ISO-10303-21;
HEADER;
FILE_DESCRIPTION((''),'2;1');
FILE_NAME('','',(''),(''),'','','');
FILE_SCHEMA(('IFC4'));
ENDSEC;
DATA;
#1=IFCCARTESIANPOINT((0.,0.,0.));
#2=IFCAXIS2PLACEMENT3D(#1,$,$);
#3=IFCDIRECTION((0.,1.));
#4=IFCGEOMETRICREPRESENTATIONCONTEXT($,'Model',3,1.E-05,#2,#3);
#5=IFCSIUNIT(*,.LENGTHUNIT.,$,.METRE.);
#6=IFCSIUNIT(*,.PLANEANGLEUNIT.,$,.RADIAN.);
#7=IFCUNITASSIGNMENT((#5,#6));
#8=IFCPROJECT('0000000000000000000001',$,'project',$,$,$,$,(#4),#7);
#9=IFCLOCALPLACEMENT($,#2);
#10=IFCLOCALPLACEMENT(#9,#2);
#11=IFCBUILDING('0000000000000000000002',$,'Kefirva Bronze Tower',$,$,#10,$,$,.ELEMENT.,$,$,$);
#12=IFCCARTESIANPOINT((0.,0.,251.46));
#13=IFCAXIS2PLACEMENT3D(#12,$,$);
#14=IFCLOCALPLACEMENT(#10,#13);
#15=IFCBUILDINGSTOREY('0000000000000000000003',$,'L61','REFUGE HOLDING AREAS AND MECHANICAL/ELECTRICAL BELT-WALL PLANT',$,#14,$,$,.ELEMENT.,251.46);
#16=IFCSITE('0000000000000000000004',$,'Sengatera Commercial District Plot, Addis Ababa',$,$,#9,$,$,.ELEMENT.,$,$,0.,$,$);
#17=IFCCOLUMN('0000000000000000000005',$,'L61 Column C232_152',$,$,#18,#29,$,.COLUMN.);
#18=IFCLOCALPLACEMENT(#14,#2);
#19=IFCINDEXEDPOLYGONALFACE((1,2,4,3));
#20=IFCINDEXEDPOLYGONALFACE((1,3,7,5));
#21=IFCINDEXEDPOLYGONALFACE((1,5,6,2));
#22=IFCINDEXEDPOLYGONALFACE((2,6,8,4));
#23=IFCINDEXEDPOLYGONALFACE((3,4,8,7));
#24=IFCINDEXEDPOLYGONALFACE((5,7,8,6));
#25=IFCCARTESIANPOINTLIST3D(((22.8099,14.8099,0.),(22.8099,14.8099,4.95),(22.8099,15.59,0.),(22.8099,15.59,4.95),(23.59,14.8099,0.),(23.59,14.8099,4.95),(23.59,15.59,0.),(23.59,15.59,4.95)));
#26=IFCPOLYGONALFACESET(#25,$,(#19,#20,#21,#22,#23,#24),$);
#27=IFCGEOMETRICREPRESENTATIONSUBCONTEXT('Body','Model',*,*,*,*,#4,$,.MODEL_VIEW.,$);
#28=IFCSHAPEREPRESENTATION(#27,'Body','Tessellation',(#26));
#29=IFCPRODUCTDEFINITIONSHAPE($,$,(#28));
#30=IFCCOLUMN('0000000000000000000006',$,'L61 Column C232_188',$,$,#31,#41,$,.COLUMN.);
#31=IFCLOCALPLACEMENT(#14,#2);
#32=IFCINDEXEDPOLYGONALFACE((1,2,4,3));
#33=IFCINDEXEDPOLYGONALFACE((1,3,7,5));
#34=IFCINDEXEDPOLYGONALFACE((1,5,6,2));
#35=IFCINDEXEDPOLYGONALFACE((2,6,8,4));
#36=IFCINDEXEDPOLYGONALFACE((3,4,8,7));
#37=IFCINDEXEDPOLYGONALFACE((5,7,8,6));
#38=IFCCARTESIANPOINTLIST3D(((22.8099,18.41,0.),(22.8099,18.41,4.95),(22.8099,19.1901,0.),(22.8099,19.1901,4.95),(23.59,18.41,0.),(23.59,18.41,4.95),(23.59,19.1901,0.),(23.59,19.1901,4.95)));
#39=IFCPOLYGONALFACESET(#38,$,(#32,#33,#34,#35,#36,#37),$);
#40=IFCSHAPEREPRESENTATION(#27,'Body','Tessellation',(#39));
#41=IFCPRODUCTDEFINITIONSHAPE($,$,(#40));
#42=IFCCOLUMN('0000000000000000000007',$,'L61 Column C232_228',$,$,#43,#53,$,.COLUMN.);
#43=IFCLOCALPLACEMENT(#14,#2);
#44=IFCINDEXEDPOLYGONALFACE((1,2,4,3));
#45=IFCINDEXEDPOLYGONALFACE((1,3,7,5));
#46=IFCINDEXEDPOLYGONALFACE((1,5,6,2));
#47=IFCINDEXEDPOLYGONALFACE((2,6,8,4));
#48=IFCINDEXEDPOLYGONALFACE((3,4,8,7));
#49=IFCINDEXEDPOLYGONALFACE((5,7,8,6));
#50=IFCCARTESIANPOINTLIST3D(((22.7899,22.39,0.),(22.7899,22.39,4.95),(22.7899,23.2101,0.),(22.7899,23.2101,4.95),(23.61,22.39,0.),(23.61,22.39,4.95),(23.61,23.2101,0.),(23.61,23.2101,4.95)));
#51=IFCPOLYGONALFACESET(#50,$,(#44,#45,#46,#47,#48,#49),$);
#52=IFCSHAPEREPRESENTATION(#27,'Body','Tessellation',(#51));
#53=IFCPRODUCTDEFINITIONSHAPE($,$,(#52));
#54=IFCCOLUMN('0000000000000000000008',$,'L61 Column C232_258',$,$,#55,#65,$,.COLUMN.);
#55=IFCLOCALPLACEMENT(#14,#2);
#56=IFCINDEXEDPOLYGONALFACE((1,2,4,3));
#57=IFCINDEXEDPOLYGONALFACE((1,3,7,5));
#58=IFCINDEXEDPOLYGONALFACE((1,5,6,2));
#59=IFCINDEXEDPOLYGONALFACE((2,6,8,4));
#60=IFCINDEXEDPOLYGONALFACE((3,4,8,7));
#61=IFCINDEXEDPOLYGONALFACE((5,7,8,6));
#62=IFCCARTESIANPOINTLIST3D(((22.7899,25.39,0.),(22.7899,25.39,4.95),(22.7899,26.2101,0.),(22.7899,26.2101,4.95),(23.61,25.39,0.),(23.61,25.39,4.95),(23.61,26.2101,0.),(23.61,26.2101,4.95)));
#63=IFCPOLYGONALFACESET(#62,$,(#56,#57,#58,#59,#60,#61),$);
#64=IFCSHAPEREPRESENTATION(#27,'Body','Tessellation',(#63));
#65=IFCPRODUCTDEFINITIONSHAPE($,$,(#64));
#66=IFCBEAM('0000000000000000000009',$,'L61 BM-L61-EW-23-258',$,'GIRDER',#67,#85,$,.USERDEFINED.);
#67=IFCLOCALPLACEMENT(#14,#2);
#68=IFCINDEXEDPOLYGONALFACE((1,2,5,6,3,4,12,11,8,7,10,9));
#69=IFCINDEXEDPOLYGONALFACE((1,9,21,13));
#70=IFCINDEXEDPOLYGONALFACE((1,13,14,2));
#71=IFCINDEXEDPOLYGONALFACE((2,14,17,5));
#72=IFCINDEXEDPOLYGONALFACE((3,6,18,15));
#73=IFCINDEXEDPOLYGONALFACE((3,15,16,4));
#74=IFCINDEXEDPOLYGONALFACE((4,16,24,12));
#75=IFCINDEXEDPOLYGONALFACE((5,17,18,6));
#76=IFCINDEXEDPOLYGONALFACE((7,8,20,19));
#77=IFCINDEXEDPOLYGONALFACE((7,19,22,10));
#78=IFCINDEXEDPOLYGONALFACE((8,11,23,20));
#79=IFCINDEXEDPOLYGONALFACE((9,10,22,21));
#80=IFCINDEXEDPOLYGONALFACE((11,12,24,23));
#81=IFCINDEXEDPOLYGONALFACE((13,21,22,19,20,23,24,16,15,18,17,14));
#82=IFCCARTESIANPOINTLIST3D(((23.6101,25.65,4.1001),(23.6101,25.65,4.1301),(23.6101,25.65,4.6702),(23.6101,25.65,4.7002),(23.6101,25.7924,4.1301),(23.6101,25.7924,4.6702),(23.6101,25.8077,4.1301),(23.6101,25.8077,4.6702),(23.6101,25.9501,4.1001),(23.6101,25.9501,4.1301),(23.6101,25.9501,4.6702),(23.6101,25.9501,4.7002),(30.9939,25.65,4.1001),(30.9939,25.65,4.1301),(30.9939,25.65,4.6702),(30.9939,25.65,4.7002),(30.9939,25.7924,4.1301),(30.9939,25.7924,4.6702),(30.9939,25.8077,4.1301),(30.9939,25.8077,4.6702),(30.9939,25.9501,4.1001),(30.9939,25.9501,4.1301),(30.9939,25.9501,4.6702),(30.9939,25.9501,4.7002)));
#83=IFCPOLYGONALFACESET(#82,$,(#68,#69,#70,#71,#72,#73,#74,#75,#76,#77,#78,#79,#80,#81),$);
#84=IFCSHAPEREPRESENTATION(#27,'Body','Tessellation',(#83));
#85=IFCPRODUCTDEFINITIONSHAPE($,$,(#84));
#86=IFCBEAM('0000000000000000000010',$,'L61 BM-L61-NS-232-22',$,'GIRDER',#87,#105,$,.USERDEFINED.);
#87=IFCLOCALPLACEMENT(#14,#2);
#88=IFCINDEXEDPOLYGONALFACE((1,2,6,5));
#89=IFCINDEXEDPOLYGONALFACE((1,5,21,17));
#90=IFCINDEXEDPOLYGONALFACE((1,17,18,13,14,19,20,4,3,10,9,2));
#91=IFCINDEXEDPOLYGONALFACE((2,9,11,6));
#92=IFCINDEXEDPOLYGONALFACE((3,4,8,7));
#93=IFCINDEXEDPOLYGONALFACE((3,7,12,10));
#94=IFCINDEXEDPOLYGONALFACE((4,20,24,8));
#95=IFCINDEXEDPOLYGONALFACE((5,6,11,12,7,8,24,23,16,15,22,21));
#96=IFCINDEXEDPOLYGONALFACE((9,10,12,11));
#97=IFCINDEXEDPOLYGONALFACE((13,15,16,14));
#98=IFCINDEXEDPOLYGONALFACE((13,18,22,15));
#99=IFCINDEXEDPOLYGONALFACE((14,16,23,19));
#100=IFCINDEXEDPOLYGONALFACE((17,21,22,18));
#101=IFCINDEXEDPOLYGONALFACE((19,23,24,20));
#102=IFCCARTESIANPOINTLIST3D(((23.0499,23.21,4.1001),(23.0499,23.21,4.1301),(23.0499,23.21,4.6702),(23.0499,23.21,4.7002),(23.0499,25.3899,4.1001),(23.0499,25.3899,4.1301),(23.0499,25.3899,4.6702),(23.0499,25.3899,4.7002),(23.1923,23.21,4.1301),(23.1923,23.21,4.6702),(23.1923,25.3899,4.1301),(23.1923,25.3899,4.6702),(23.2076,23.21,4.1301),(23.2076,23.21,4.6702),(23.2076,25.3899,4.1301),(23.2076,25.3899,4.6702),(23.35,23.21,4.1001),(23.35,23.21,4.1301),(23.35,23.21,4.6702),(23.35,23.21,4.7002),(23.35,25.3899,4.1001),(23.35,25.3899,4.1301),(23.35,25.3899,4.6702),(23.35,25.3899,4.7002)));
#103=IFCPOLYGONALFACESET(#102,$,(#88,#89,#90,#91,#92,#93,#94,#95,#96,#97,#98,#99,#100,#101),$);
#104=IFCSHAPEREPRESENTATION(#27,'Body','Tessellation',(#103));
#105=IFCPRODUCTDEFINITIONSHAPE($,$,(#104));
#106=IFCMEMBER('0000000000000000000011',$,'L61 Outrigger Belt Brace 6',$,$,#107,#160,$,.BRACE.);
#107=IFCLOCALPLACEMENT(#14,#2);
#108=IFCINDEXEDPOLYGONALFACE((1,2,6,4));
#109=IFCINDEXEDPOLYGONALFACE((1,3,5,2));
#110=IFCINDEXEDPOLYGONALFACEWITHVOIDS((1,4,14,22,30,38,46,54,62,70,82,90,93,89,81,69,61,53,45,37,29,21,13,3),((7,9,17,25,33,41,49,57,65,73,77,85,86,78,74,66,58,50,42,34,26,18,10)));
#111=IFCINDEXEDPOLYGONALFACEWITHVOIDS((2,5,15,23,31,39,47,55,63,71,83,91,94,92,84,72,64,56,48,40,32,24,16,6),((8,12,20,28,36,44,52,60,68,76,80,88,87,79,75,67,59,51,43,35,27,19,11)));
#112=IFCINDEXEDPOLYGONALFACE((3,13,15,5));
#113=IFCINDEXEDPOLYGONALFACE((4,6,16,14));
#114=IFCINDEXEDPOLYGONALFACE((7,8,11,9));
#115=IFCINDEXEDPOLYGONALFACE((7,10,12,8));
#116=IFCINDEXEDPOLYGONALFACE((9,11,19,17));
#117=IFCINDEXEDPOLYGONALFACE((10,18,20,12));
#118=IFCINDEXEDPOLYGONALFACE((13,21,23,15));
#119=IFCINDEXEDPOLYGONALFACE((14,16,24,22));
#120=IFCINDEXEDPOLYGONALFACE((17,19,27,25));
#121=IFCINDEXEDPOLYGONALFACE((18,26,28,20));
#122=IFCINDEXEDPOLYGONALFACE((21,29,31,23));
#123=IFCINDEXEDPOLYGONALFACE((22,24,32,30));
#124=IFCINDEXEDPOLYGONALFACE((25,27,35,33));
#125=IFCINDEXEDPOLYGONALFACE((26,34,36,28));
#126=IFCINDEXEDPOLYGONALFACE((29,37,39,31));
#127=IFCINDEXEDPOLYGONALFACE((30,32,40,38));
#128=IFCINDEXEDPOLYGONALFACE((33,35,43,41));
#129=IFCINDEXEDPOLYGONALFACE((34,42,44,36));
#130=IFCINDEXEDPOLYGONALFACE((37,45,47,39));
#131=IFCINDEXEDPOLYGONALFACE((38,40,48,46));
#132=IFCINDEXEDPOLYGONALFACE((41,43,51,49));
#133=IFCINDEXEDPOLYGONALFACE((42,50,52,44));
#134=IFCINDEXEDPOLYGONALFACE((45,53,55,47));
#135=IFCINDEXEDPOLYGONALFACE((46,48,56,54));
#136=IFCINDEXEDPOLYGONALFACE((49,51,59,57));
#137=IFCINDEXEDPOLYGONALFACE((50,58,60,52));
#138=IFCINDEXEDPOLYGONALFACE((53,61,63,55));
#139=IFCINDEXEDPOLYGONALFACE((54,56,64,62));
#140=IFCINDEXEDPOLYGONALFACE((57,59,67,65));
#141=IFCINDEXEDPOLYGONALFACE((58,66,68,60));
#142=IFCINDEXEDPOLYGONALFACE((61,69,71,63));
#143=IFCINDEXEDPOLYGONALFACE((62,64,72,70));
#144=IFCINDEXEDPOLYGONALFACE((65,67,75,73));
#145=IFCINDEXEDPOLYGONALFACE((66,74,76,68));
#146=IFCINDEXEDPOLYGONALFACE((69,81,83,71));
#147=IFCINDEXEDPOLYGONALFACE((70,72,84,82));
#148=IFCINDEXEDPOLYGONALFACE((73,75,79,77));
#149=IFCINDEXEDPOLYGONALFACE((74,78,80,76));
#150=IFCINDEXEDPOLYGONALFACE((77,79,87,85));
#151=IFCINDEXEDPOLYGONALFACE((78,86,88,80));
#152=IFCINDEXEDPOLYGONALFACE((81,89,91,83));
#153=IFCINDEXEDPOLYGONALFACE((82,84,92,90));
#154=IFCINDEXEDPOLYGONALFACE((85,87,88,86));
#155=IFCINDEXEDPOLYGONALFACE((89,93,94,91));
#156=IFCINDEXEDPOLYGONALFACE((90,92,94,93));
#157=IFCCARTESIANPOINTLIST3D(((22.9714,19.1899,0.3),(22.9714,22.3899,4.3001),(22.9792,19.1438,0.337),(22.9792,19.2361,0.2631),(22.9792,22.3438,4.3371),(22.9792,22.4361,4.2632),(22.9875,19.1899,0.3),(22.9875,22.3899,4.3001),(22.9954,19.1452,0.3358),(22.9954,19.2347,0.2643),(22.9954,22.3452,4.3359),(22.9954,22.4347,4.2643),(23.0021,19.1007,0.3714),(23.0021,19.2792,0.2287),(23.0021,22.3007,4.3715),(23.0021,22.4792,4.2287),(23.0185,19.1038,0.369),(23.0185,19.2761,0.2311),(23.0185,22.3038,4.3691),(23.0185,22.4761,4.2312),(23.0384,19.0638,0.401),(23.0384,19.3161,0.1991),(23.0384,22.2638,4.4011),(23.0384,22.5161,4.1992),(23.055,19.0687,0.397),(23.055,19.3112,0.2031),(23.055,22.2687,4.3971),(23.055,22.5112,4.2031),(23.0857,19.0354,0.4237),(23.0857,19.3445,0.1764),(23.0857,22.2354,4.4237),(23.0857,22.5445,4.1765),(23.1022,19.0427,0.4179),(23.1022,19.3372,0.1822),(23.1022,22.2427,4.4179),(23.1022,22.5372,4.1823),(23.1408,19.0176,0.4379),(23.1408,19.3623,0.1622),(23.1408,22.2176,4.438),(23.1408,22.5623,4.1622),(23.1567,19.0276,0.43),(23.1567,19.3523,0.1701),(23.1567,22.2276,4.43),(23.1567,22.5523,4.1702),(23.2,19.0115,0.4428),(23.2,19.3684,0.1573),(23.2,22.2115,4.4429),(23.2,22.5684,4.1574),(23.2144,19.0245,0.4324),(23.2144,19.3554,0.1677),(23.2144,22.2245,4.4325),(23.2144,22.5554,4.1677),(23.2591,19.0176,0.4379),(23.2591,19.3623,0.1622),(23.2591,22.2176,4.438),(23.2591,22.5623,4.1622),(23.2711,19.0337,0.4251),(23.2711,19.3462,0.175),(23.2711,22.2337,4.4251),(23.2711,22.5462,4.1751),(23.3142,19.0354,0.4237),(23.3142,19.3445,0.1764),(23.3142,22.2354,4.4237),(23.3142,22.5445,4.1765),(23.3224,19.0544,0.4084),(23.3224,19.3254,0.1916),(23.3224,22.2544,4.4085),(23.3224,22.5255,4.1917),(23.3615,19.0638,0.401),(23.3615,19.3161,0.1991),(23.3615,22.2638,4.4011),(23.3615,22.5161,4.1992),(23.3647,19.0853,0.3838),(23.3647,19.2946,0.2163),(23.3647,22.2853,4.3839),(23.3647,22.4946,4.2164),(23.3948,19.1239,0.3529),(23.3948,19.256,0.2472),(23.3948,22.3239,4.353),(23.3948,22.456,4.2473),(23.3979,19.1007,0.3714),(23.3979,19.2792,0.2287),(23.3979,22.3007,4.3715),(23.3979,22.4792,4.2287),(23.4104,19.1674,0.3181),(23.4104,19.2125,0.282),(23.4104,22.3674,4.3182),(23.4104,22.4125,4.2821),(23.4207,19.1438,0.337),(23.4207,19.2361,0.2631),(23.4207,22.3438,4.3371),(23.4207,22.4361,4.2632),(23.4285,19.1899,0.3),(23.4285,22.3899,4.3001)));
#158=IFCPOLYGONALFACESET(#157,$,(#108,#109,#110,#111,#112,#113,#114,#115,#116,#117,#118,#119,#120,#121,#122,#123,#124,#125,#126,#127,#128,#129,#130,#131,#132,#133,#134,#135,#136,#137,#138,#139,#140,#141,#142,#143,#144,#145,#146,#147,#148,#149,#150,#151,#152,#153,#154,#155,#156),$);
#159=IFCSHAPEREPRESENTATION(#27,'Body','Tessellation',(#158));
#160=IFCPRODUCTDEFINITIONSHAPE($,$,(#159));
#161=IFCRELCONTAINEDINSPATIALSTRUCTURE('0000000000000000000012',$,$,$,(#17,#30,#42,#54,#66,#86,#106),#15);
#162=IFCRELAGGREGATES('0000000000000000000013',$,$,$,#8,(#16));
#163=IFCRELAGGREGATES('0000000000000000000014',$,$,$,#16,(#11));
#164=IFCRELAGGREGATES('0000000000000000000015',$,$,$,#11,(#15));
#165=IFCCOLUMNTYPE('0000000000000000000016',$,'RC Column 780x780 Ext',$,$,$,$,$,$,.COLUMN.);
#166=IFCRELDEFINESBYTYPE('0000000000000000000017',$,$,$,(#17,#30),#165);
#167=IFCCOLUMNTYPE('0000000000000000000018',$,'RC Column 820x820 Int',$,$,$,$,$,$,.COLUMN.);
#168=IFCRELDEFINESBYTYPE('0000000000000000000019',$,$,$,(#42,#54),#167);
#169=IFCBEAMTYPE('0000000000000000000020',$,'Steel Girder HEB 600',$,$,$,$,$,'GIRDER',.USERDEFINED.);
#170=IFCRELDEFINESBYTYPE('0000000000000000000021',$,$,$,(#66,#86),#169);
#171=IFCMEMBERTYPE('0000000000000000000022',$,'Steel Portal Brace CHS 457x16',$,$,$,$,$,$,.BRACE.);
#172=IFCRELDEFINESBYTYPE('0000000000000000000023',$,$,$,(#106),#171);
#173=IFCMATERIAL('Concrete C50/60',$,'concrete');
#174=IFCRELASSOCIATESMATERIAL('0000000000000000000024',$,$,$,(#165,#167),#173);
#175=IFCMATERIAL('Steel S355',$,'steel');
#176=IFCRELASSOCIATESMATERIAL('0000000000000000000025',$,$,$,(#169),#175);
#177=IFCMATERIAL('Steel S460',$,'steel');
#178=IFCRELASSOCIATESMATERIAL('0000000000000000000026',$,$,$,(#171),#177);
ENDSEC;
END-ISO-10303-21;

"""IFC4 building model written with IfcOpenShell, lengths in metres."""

from ifc_helpers import new_model, si_unit, direction, frame, origin, origin_2d, place, context, subcontext, project, spatial, rectangle, hollow_circle, i_section, extrude, material, material_profile, profile_set, type_object, element, save


model = new_model("IFC4")

# Units and contexts
model_context = context("Model", 3, precision=1e-05, world=origin(), true_north=direction((0.0, 1.0)))
body_context = subcontext(model_context, "Body", "Model", "MODEL_VIEW")
ifc_project = project(units=[si_unit("LENGTHUNIT", "METRE"), si_unit("PLANEANGLEUNIT", "RADIAN")], contexts=[model_context])

# Site, building, storey
site_placement = place(None, origin())
site = spatial("IfcSite", under=ifc_project, at=site_placement, Name="Sengatera Commercial District Plot, Addis Ababa", CompositionType="ELEMENT", RefElevation=0.0)
building_placement = place(site_placement, origin())
building = spatial("IfcBuilding", under=site, at=building_placement, Name="Kefirva Bronze Tower", CompositionType="ELEMENT")
storey_placement = place(building_placement, frame((0.0, 0.0, 251.46)))
storey = spatial("IfcBuildingStorey", under=building, at=storey_placement, Name="L61", Description="REFUGE HOLDING AREAS AND MECHANICAL/ELECTRICAL BELT-WALL PLANT", CompositionType="ELEMENT", Elevation=251.46)

# Columns
ifc_material_1 = material(Name="Concrete C50/60", Category="concrete")
ifc_material_profile_1 = material_profile(ifc_material_1, rectangle(XDim=0.78, YDim=0.78, at=origin_2d()), Name="RC 780x780")
ifc_profile_set_1 = profile_set([ifc_material_profile_1], Name="Concrete C50/60")
column_type_1 = type_object("IfcColumnType", Name="RC Column 780x780 Ext", PredefinedType="COLUMN", material=ifc_profile_set_1)
for number, where, z_axis, x_axis, name in (
    (1, (23.2, 15.2, 0.0), (0.0, 0.0, 1.0), (1.0, 0.0, 0.0), "L61 Column C232_152"),
    (2, (23.2, 18.8, 0.0), (0.0, 0.0, 1.0), (1.0, 0.0, 0.0), "L61 Column C232_188"),
):
    element("IfcColumn", number, at=place(storey_placement, frame(where, z_axis=z_axis, x_axis=x_axis)), inside=storey, type_object=column_type_1, Name=name, PredefinedType="COLUMN", context=body_context, shape_type="SweptSolid", body=[
        extrude(rectangle(XDim=0.78, YDim=0.78, at=origin_2d()), origin(), (0.0, 0.0, 1.0), 4.95),
    ])
ifc_material_profile_2 = material_profile(ifc_material_1, rectangle(XDim=0.8201, YDim=0.8201, at=origin_2d()), Name="RC 820x820")
ifc_profile_set_2 = profile_set([ifc_material_profile_2], Name="Concrete C50/60")
column_type_2 = type_object("IfcColumnType", Name="RC Column 820x820 Int", PredefinedType="COLUMN", material=ifc_profile_set_2)
for number, where, z_axis, x_axis, name in (
    (3, (23.2, 22.8, 0.0), (0.0, 0.0, 1.0), (1.0, 0.0, 0.0), "L61 Column C232_228"),
    (4, (23.2, 25.8, 0.0), (0.0, 0.0, 1.0), (1.0, 0.0, 0.0), "L61 Column C232_258"),
):
    element("IfcColumn", number, at=place(storey_placement, frame(where, z_axis=z_axis, x_axis=x_axis)), inside=storey, type_object=column_type_2, Name=name, PredefinedType="COLUMN", context=body_context, shape_type="SweptSolid", body=[
        extrude(rectangle(XDim=0.8201, YDim=0.8201, at=origin_2d()), origin(), (0.0, 0.0, 1.0), 4.95),
    ])

# Beams
ifc_material_2 = material(Name="Steel S355", Category="steel")
ifc_material_profile_3 = material_profile(ifc_material_2, i_section(OverallWidth=0.3, OverallDepth=0.6001, WebThickness=0.0154, FlangeThickness=0.03, at=origin_2d()), Name="HEB 600")
ifc_profile_set_3 = profile_set([ifc_material_profile_3], Name="Steel S355")
beam_type_1 = type_object("IfcBeamType", Name="Steel Girder HEB 600", ElementType="GIRDER", PredefinedType="USERDEFINED", material=ifc_profile_set_3)
beam_1_placement = place(storey_placement, frame((23.6101, 25.8, 4.4001), z_axis=(1.0, 0.0, 0.0), x_axis=(0.0, 1.0, 0.0)))
element("IfcBeam", 5, at=beam_1_placement, inside=storey, type_object=beam_type_1, Name="L61 BM-L61-EW-23-258", ObjectType="GIRDER", PredefinedType="USERDEFINED", context=body_context, shape_type="SweptSolid", body=[
    extrude(i_section(OverallWidth=0.3, OverallDepth=0.6001, WebThickness=0.0154, FlangeThickness=0.03, at=origin_2d()), origin(), (0.0, 0.0, 1.0), 7.3838),
])
beam_2_placement = place(storey_placement, frame((23.2, 23.21, 4.4001), z_axis=(0.0, 1.0, 0.0), x_axis=(-1.0, 0.0, 0.0)))
element("IfcBeam", 6, at=beam_2_placement, inside=storey, type_object=beam_type_1, Name="L61 BM-L61-NS-232-22", ObjectType="GIRDER", PredefinedType="USERDEFINED", context=body_context, shape_type="SweptSolid", body=[
    extrude(i_section(OverallWidth=0.3, OverallDepth=0.6001, WebThickness=0.0154, FlangeThickness=0.03, at=origin_2d()), origin(), (0.0, 0.0, 1.0), 2.1799),
])

# Member
ifc_material_3 = material(Name="Steel S460", Category="steel")
ifc_material_profile_4 = material_profile(ifc_material_3, hollow_circle(Radius=0.2285, WallThickness=0.0161, at=origin_2d()), Name="CHS 457x16")
ifc_profile_set_4 = profile_set([ifc_material_profile_4], Name="Steel S460")
member_type = type_object("IfcMemberType", Name="Steel Portal Brace CHS 457x16", PredefinedType="BRACE", material=ifc_profile_set_4)
member_1_placement = place(storey_placement, frame((23.2, 19.1899, 0.3), z_axis=(0.0, 0.624689, 0.780873), x_axis=(-1.0, 0.0, 0.0)))
element("IfcMember", 7, at=member_1_placement, inside=storey, type_object=member_type, Name="L61 Outrigger Belt Brace 6", PredefinedType="BRACE", context=body_context, shape_type="SweptSolid", body=[
    extrude(hollow_circle(Radius=0.2285, WallThickness=0.0161, at=origin_2d()), origin(), (0.0, 0.0, 1.0), 5.1226),
])

save(model, "model.ifc")
